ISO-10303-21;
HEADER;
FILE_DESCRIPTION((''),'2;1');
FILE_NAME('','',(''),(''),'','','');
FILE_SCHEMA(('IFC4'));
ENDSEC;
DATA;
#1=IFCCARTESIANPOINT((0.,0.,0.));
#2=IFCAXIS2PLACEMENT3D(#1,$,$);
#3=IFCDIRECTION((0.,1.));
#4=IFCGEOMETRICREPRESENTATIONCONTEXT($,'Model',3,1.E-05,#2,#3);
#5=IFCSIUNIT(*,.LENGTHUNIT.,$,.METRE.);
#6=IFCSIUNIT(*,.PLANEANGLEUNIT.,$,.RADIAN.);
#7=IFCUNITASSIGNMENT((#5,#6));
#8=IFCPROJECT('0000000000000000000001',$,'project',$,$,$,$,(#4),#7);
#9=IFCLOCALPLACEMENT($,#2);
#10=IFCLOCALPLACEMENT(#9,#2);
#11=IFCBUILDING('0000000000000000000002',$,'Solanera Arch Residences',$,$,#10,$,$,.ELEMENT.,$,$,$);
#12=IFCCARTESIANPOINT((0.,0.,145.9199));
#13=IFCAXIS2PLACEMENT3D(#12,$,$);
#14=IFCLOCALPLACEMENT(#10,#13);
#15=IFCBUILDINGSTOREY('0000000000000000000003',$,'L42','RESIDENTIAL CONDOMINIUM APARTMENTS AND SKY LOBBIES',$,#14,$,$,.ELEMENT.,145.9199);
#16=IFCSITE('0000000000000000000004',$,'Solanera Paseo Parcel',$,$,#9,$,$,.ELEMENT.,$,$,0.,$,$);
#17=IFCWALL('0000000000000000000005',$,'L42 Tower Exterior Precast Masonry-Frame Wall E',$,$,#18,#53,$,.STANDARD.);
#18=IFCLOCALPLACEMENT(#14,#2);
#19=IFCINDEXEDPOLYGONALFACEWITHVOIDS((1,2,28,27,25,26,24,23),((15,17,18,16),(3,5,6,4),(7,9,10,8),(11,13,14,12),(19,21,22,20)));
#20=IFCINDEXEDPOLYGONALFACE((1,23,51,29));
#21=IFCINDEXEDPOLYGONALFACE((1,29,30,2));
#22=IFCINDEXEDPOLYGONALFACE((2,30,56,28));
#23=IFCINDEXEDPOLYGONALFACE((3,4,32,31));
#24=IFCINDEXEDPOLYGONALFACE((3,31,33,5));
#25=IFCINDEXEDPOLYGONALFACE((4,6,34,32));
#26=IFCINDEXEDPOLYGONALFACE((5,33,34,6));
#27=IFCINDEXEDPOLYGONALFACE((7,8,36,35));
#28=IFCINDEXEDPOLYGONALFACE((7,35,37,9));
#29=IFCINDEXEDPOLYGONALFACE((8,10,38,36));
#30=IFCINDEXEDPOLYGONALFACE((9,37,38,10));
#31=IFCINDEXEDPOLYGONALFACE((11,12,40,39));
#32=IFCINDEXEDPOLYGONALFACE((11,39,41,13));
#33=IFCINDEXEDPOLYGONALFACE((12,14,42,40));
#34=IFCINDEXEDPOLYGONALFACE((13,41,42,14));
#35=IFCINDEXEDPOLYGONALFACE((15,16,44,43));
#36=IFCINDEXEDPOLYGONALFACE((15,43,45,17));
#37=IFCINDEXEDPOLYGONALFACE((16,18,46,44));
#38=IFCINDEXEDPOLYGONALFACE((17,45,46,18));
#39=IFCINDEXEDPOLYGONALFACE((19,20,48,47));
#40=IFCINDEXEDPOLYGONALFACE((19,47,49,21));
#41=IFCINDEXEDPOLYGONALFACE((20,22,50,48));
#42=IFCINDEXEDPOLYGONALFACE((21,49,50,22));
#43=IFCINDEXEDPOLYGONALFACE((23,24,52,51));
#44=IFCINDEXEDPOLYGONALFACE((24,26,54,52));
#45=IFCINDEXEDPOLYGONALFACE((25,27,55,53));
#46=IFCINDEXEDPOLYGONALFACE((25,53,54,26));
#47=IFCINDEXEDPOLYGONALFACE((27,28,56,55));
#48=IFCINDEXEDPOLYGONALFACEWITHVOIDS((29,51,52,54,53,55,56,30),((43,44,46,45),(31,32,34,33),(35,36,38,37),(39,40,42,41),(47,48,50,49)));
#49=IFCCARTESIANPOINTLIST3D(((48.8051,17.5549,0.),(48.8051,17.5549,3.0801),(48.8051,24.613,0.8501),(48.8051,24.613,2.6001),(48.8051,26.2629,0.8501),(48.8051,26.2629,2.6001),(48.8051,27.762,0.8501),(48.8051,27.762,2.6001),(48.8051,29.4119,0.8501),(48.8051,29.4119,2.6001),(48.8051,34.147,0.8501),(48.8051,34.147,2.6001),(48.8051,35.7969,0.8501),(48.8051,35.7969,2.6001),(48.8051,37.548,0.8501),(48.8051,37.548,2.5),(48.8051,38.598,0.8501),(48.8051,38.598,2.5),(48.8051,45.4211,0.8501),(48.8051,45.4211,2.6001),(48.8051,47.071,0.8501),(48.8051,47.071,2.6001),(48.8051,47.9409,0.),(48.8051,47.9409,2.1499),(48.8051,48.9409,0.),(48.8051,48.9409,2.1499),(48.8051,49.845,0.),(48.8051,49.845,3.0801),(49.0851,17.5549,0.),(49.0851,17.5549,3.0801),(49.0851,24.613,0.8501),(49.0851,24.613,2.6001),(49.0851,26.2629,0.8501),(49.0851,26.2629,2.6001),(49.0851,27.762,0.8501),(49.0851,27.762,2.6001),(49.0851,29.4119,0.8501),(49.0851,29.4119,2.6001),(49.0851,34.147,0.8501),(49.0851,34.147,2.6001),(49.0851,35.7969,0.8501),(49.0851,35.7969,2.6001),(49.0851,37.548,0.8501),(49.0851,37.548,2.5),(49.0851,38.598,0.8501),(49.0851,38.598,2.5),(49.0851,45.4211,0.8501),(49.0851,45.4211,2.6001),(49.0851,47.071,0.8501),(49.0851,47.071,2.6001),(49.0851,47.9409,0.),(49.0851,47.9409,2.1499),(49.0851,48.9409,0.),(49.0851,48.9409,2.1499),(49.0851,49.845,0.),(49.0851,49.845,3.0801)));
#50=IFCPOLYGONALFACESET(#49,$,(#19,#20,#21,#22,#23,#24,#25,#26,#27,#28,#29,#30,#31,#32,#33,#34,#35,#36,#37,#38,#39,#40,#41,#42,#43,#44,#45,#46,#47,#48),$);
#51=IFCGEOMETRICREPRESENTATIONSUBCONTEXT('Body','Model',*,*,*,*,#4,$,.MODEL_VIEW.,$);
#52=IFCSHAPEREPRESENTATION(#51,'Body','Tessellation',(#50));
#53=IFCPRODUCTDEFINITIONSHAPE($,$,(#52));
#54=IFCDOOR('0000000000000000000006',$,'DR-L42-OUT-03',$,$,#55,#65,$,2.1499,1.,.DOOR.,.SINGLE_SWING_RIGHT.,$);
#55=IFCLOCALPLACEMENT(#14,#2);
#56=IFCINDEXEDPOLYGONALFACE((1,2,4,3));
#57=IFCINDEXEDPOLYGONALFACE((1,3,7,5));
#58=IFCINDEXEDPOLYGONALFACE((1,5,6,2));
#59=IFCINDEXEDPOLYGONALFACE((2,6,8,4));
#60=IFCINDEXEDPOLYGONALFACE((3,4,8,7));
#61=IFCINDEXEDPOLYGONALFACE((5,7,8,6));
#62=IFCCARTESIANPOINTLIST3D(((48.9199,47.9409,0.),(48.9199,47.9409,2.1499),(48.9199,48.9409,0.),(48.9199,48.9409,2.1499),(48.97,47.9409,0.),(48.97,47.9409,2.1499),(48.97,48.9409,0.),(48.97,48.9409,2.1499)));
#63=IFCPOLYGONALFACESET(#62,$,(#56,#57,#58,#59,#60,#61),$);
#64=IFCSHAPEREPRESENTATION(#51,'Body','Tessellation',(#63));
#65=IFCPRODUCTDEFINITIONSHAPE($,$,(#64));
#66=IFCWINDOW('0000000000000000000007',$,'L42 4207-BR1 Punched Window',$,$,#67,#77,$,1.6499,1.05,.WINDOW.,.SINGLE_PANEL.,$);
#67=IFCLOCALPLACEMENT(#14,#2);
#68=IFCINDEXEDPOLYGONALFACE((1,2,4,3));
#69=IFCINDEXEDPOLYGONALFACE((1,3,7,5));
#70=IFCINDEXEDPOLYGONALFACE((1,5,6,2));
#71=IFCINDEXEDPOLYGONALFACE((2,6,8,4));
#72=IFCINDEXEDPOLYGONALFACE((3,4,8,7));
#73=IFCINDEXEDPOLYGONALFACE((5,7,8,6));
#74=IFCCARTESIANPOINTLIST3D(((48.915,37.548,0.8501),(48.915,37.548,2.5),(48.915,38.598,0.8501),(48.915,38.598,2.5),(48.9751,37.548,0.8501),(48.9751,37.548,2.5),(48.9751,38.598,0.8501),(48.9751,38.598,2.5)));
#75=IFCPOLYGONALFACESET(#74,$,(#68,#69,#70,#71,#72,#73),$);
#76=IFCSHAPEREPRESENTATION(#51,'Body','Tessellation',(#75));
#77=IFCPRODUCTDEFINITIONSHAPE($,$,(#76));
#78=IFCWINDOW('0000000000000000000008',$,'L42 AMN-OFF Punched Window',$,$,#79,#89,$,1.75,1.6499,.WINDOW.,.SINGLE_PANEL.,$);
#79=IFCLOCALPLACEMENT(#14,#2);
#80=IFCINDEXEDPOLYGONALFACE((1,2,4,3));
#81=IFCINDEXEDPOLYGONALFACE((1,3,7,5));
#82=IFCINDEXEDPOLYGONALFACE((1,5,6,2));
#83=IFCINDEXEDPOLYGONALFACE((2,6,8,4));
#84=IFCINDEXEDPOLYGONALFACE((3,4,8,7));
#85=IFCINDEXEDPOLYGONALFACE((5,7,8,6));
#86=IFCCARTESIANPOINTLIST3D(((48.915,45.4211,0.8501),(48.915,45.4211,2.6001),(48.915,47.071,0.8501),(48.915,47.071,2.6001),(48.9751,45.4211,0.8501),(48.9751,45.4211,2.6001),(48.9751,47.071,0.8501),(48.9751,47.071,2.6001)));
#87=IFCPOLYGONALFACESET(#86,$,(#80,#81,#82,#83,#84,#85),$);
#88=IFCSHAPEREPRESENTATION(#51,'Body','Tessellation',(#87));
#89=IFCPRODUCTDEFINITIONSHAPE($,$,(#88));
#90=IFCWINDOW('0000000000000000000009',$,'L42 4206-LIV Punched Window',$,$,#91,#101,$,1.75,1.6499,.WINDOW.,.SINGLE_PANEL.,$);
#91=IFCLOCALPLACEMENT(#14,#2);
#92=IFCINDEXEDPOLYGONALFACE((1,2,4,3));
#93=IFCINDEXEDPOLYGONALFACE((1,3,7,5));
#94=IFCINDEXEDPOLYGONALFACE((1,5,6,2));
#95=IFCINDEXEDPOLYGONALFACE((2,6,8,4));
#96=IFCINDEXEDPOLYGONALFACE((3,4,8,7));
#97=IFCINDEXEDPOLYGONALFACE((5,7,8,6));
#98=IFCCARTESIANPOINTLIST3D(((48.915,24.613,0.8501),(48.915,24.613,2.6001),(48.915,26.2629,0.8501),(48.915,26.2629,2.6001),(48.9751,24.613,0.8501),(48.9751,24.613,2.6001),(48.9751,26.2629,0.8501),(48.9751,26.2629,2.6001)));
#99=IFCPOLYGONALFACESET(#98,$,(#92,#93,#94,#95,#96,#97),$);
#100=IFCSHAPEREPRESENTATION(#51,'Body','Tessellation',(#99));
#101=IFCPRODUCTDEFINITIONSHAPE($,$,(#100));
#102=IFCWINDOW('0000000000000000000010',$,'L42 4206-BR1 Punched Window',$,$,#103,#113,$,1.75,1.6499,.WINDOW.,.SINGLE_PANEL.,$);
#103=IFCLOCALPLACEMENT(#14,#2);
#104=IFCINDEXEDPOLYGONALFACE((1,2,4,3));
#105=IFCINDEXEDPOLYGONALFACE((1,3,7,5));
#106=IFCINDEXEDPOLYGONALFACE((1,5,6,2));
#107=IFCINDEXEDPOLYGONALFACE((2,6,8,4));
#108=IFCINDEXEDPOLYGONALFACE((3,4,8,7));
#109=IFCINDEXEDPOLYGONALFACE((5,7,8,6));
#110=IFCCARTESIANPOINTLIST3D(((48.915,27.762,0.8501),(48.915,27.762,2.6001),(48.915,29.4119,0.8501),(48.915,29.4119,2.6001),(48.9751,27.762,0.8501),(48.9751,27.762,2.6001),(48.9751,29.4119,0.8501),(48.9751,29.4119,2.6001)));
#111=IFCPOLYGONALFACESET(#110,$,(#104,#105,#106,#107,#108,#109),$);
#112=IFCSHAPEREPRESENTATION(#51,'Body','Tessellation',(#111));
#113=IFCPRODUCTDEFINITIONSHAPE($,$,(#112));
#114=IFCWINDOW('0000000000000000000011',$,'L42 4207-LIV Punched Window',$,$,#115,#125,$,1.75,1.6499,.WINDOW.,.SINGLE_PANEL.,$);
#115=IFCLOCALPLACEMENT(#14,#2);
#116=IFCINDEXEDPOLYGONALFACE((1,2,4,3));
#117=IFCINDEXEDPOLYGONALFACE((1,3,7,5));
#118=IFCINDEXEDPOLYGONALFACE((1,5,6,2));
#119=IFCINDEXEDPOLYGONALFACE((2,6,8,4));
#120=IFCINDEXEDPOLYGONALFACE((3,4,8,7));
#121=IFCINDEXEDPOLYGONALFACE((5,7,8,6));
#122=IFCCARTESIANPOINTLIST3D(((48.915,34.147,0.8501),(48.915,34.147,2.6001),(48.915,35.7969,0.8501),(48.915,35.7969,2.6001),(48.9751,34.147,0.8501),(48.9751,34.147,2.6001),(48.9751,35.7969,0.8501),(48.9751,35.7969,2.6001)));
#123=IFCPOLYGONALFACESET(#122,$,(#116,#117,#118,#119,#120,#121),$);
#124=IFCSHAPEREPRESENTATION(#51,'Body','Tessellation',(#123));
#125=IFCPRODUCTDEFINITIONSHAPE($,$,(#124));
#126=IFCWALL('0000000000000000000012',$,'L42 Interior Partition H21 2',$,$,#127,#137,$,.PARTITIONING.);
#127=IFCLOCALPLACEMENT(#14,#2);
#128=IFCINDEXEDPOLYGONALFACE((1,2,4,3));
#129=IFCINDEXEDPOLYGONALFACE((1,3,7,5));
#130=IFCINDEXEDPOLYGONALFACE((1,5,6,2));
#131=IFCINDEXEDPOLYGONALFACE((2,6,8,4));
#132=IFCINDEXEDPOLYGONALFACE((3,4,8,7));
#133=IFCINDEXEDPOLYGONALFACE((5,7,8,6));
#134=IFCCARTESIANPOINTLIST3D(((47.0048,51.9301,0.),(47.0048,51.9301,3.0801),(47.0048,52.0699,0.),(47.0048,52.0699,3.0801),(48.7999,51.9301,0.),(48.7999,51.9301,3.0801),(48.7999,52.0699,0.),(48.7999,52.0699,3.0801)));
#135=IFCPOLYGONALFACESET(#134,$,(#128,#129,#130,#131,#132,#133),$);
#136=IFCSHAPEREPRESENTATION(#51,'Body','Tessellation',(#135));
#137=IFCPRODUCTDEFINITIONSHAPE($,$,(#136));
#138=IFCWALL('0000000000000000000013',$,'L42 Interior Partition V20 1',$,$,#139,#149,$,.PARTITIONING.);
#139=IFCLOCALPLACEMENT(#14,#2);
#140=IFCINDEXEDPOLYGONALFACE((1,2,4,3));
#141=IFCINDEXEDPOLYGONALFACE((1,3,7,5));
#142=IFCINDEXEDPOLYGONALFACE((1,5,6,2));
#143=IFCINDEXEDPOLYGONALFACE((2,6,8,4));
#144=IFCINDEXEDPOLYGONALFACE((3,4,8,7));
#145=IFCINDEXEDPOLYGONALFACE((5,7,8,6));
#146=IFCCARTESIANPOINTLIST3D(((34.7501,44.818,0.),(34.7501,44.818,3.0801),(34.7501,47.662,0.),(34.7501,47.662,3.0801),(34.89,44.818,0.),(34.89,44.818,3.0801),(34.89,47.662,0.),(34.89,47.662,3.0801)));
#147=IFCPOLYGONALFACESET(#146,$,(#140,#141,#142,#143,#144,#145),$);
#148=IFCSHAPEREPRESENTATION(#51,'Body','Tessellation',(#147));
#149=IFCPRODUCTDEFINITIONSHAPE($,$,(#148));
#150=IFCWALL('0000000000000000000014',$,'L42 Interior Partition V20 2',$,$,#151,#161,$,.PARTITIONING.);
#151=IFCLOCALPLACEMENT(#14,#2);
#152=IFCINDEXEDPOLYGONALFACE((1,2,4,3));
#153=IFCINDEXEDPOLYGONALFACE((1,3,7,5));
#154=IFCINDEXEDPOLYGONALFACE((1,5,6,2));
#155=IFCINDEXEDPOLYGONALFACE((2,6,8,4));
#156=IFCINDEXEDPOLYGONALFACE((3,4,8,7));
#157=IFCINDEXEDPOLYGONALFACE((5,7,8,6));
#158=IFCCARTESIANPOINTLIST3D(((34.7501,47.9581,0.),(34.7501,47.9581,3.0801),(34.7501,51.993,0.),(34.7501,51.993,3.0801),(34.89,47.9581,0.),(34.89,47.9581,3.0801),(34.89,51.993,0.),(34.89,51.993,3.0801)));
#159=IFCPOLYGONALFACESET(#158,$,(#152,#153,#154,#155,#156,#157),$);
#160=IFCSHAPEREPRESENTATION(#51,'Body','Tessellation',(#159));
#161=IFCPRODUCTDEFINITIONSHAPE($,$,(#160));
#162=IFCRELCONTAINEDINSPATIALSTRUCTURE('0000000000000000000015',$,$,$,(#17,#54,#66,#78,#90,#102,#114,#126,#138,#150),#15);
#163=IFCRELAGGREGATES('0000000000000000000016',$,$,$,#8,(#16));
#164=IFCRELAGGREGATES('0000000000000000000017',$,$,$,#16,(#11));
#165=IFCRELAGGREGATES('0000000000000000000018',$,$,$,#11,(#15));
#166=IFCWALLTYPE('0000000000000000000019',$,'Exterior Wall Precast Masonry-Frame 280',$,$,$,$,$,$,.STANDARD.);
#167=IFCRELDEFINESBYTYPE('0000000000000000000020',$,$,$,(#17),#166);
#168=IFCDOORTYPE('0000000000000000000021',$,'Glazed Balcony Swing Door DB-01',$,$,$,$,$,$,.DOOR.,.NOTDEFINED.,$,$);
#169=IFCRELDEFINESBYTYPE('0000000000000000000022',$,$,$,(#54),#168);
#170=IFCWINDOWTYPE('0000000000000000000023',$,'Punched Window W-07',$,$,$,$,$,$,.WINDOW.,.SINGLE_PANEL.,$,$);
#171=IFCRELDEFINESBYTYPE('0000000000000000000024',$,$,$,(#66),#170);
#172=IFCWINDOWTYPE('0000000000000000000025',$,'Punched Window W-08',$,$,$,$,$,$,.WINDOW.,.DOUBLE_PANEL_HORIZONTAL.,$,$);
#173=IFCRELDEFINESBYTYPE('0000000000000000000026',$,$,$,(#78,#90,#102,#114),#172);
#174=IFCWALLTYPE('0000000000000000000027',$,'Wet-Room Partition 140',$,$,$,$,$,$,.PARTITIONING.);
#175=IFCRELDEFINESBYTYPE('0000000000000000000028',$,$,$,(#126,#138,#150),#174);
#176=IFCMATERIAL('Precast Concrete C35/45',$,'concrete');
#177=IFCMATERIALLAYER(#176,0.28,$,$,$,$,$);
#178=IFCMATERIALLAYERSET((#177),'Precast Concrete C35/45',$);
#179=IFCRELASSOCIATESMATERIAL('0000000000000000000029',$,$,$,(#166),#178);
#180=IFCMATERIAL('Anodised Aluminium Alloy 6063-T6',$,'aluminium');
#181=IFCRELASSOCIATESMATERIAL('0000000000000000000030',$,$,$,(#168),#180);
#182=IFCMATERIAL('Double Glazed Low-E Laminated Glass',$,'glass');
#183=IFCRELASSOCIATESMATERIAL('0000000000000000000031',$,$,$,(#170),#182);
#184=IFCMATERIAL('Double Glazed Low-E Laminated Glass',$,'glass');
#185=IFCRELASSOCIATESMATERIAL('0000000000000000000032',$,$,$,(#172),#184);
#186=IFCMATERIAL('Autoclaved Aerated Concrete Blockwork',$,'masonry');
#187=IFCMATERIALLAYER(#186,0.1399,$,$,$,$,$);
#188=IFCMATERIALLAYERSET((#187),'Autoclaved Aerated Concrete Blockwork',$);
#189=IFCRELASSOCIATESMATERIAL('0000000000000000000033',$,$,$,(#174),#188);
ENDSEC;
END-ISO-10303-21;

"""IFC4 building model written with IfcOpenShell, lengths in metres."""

from ifc_helpers import new_model, si_unit, direction, frame, frame_2d, origin, place, context, subcontext, project, spatial, rectangle, extrude, material, layer, layer_set, type_object, element, fill, save


model = new_model("IFC4")

# Units and contexts
model_context = context("Model", 3, precision=1e-05, world=origin(), true_north=direction((0.0, 1.0)))
body_context = subcontext(model_context, "Body", "Model", "MODEL_VIEW")
ifc_project = project(units=[si_unit("LENGTHUNIT", "METRE"), si_unit("PLANEANGLEUNIT", "RADIAN")], contexts=[model_context])

# Site, building, storey
site_placement = place(None, origin())
site = spatial("IfcSite", under=ifc_project, at=site_placement, Name="Solanera Paseo Parcel", CompositionType="ELEMENT", RefElevation=0.0)
building_placement = place(site_placement, origin())
building = spatial("IfcBuilding", under=site, at=building_placement, Name="Solanera Arch Residences", CompositionType="ELEMENT")
storey_placement = place(building_placement, frame((0.0, 0.0, 145.9199)))
storey = spatial("IfcBuildingStorey", under=building, at=storey_placement, Name="L42", Description="RESIDENTIAL CONDOMINIUM APARTMENTS AND SKY LOBBIES", CompositionType="ELEMENT", Elevation=145.9199)

# Shared definitions
ifc_material_1 = material(Name="Precast Concrete C35/45", Category="concrete")
ifc_layer_1 = layer(ifc_material_1, 0.28)
ifc_layer_set_1 = layer_set([ifc_layer_1], Name="Precast Concrete C35/45")
wall_type_1 = type_object("IfcWallType", Name="Exterior Wall Precast Masonry-Frame 280", PredefinedType="STANDARD", material=ifc_layer_set_1)

# Wall, openings, door, windows
wall_1_placement = place(storey_placement, frame((48.9451, 49.845, 0.0), z_axis=(0.0, 0.0, 1.0), x_axis=(0.0, -1.0, 0.0)))
wall_1 = element("IfcWall", 1, at=wall_1_placement, inside=storey, type_object=wall_type_1, Name="L42 Tower Exterior Precast Masonry-Frame Wall E", PredefinedType="STANDARD", context=body_context, shape_type="SweptSolid", body=[
    extrude(rectangle(XDim=32.29, YDim=0.28, at=frame_2d((16.145, 0.0))), origin(), (0.0, 0.0, 1.0), 3.0801),
])
opening_1_placement = place(wall_1_placement, frame((0.9041, 0.0, 0.0)))
opening_1 = element("IfcOpeningElement", 2, at=opening_1_placement, cuts=wall_1, PredefinedType="OPENING", context=body_context, shape_type="SweptSolid", body=[
    extrude(rectangle(XDim=1.0, YDim=2.1499, at=frame_2d((0.5, 1.075))), frame((0.0, 0.1499, 0.0), z_axis=(0.0, -1.0, 0.0), x_axis=(1.0, 0.0, 0.0)), (0.0, 0.0, 1.0), 0.3),
])
opening_2_placement = place(wall_1_placement, frame((2.7739, 0.0, 0.8501)))
opening_2 = element("IfcOpeningElement", 3, at=opening_2_placement, cuts=wall_1, PredefinedType="OPENING", context=body_context, shape_type="SweptSolid", body=[
    extrude(rectangle(XDim=1.6499, YDim=1.75, at=frame_2d((0.825, 0.875))), frame((0.0, 0.1499, 0.0), z_axis=(0.0, -1.0, 0.0), x_axis=(1.0, 0.0, 0.0)), (0.0, 0.0, 1.0), 0.3),
])
opening_3_placement = place(wall_1_placement, frame((23.582, 0.0, 0.8501)))
opening_3 = element("IfcOpeningElement", 4, at=opening_3_placement, cuts=wall_1, PredefinedType="OPENING", context=body_context, shape_type="SweptSolid", body=[
    extrude(rectangle(XDim=1.6499, YDim=1.75, at=frame_2d((0.825, 0.875))), frame((0.0, 0.1499, 0.0), z_axis=(0.0, -1.0, 0.0), x_axis=(1.0, 0.0, 0.0)), (0.0, 0.0, 1.0), 0.3),
])
opening_4_placement = place(wall_1_placement, frame((20.4331, 0.0, 0.8501)))
opening_4 = element("IfcOpeningElement", 5, at=opening_4_placement, cuts=wall_1, PredefinedType="OPENING", context=body_context, shape_type="SweptSolid", body=[
    extrude(rectangle(XDim=1.6499, YDim=1.75, at=frame_2d((0.825, 0.875))), frame((0.0, 0.1499, 0.0), z_axis=(0.0, -1.0, 0.0), x_axis=(1.0, 0.0, 0.0)), (0.0, 0.0, 1.0), 0.3),
])
opening_5_placement = place(wall_1_placement, frame((14.0481, 0.0, 0.8501)))
opening_5 = element("IfcOpeningElement", 6, at=opening_5_placement, cuts=wall_1, PredefinedType="OPENING", context=body_context, shape_type="SweptSolid", body=[
    extrude(rectangle(XDim=1.6499, YDim=1.75, at=frame_2d((0.825, 0.875))), frame((0.0, 0.1499, 0.0), z_axis=(0.0, -1.0, 0.0), x_axis=(1.0, 0.0, 0.0)), (0.0, 0.0, 1.0), 0.3),
])
opening_6_placement = place(wall_1_placement, frame((11.2471, 0.0, 0.8501)))
opening_6 = element("IfcOpeningElement", 7, at=opening_6_placement, cuts=wall_1, PredefinedType="OPENING", context=body_context, shape_type="SweptSolid", body=[
    extrude(rectangle(XDim=1.05, YDim=1.6499, at=frame_2d((0.5249, 0.825))), frame((0.0, 0.1499, 0.0), z_axis=(0.0, -1.0, 0.0), x_axis=(1.0, 0.0, 0.0)), (0.0, 0.0, 1.0), 0.3),
])
ifc_material_2 = material(Name="Anodised Aluminium Alloy 6063-T6", Category="aluminium")
door_type = type_object("IfcDoorType", Name="Glazed Balcony Swing Door DB-01", OperationType="NOTDEFINED", PredefinedType="DOOR", material=ifc_material_2)
door_placement = place(opening_1_placement, origin())
door = element("IfcDoor", 8, at=door_placement, inside=storey, type_object=door_type, Name="DR-L42-OUT-03", OperationType="SINGLE_SWING_RIGHT", OverallHeight=2.1499, OverallWidth=1.0, PredefinedType="DOOR", context=body_context, shape_type="SweptSolid", body=[
    extrude(rectangle(XDim=1.0, YDim=2.1499, at=frame_2d((0.5, 1.075))), frame((0.0, 0.0249, 0.0), z_axis=(0.0, -1.0, 0.0), x_axis=(1.0, 0.0, 0.0)), (0.0, 0.0, 1.0), 0.05),
])
fill(opening_1, door)
ifc_material_3 = material(Name="Double Glazed Low-E Laminated Glass", Category="glass")
window_type_1 = type_object("IfcWindowType", Name="Punched Window W-07", PartitioningType="SINGLE_PANEL", PredefinedType="WINDOW", material=ifc_material_3)
window_1_placement = place(opening_6_placement, origin())
window_1 = element("IfcWindow", 9, at=window_1_placement, inside=storey, type_object=window_type_1, Name="L42 4207-BR1 Punched Window", OverallHeight=1.6499, OverallWidth=1.05, PartitioningType="SINGLE_PANEL", PredefinedType="WINDOW", context=body_context, shape_type="SweptSolid", body=[
    extrude(rectangle(XDim=1.05, YDim=1.6499, at=frame_2d((0.5249, 0.825))), frame((0.0, 0.03, 0.0), z_axis=(0.0, -1.0, 0.0), x_axis=(1.0, 0.0, 0.0)), (0.0, 0.0, 1.0), 0.0601),
])
fill(opening_6, window_1)
ifc_material_4 = material(Name="Double Glazed Low-E Laminated Glass", Category="glass")
window_type_2 = type_object("IfcWindowType", Name="Punched Window W-08", PartitioningType="DOUBLE_PANEL_HORIZONTAL", PredefinedType="WINDOW", material=ifc_material_4)
window_2_placement = place(opening_2_placement, origin())
window_2 = element("IfcWindow", 10, at=window_2_placement, inside=storey, type_object=window_type_2, Name="L42 AMN-OFF Punched Window", OverallHeight=1.75, OverallWidth=1.6499, PartitioningType="SINGLE_PANEL", PredefinedType="WINDOW", context=body_context, shape_type="SweptSolid", body=[
    extrude(rectangle(XDim=1.6499, YDim=1.75, at=frame_2d((0.825, 0.875))), frame((0.0, 0.03, 0.0), z_axis=(0.0, -1.0, 0.0), x_axis=(1.0, 0.0, 0.0)), (0.0, 0.0, 1.0), 0.0601),
])
fill(opening_2, window_2)
window_3_placement = place(opening_3_placement, origin())
window_3 = element("IfcWindow", 11, at=window_3_placement, inside=storey, type_object=window_type_2, Name="L42 4206-LIV Punched Window", OverallHeight=1.75, OverallWidth=1.6499, PartitioningType="SINGLE_PANEL", PredefinedType="WINDOW", context=body_context, shape_type="SweptSolid", body=[
    extrude(rectangle(XDim=1.6499, YDim=1.75, at=frame_2d((0.825, 0.875))), frame((0.0, 0.03, 0.0), z_axis=(0.0, -1.0, 0.0), x_axis=(1.0, 0.0, 0.0)), (0.0, 0.0, 1.0), 0.0601),
])
fill(opening_3, window_3)
window_4_placement = place(opening_4_placement, origin())
window_4 = element("IfcWindow", 12, at=window_4_placement, inside=storey, type_object=window_type_2, Name="L42 4206-BR1 Punched Window", OverallHeight=1.75, OverallWidth=1.6499, PartitioningType="SINGLE_PANEL", PredefinedType="WINDOW", context=body_context, shape_type="SweptSolid", body=[
    extrude(rectangle(XDim=1.6499, YDim=1.75, at=frame_2d((0.825, 0.875))), frame((0.0, 0.03, 0.0), z_axis=(0.0, -1.0, 0.0), x_axis=(1.0, 0.0, 0.0)), (0.0, 0.0, 1.0), 0.0601),
])
fill(opening_4, window_4)
window_5_placement = place(opening_5_placement, origin())
window_5 = element("IfcWindow", 13, at=window_5_placement, inside=storey, type_object=window_type_2, Name="L42 4207-LIV Punched Window", OverallHeight=1.75, OverallWidth=1.6499, PartitioningType="SINGLE_PANEL", PredefinedType="WINDOW", context=body_context, shape_type="SweptSolid", body=[
    extrude(rectangle(XDim=1.6499, YDim=1.75, at=frame_2d((0.825, 0.875))), frame((0.0, 0.03, 0.0), z_axis=(0.0, -1.0, 0.0), x_axis=(1.0, 0.0, 0.0)), (0.0, 0.0, 1.0), 0.0601),
])
fill(opening_5, window_5)

# Walls
ifc_material_5 = material(Name="Autoclaved Aerated Concrete Blockwork", Category="masonry")
ifc_layer_2 = layer(ifc_material_5, 0.1399)
ifc_layer_set_2 = layer_set([ifc_layer_2], Name="Autoclaved Aerated Concrete Blockwork")
wall_type_2 = type_object("IfcWallType", Name="Wet-Room Partition 140", PredefinedType="PARTITIONING", material=ifc_layer_set_2)
wall_2_placement = place(storey_placement, frame((47.0049, 52.0, 0.0), z_axis=(0.0, 0.0, 1.0), x_axis=(1.0, 0.0, 0.0)))
element("IfcWall", 14, at=wall_2_placement, inside=storey, type_object=wall_type_2, Name="L42 Interior Partition H21 2", PredefinedType="PARTITIONING", context=body_context, shape_type="SweptSolid", body=[
    extrude(rectangle(XDim=1.7952, YDim=0.1399, at=frame_2d((0.8975, 0.0))), origin(), (0.0, 0.0, 1.0), 3.0801),
])
wall_3_placement = place(storey_placement, frame((34.8201, 44.8181, 0.0), z_axis=(0.0, 0.0, 1.0), x_axis=(0.0, 1.0, 0.0)))
element("IfcWall", 15, at=wall_3_placement, inside=storey, type_object=wall_type_2, Name="L42 Interior Partition V20 1", PredefinedType="PARTITIONING", context=body_context, shape_type="SweptSolid", body=[
    extrude(rectangle(XDim=2.844, YDim=0.1399, at=frame_2d((1.4219, 0.0))), origin(), (0.0, 0.0, 1.0), 3.0801),
])
wall_4_placement = place(storey_placement, frame((34.8201, 47.958, 0.0), z_axis=(0.0, 0.0, 1.0), x_axis=(0.0, 1.0, 0.0)))
element("IfcWall", 16, at=wall_4_placement, inside=storey, type_object=wall_type_2, Name="L42 Interior Partition V20 2", PredefinedType="PARTITIONING", context=body_context, shape_type="SweptSolid", body=[
    extrude(rectangle(XDim=4.0349, YDim=0.1399, at=frame_2d((2.0176, 0.0))), origin(), (0.0, 0.0, 1.0), 3.0801),
])

save(model, "model.ifc")
